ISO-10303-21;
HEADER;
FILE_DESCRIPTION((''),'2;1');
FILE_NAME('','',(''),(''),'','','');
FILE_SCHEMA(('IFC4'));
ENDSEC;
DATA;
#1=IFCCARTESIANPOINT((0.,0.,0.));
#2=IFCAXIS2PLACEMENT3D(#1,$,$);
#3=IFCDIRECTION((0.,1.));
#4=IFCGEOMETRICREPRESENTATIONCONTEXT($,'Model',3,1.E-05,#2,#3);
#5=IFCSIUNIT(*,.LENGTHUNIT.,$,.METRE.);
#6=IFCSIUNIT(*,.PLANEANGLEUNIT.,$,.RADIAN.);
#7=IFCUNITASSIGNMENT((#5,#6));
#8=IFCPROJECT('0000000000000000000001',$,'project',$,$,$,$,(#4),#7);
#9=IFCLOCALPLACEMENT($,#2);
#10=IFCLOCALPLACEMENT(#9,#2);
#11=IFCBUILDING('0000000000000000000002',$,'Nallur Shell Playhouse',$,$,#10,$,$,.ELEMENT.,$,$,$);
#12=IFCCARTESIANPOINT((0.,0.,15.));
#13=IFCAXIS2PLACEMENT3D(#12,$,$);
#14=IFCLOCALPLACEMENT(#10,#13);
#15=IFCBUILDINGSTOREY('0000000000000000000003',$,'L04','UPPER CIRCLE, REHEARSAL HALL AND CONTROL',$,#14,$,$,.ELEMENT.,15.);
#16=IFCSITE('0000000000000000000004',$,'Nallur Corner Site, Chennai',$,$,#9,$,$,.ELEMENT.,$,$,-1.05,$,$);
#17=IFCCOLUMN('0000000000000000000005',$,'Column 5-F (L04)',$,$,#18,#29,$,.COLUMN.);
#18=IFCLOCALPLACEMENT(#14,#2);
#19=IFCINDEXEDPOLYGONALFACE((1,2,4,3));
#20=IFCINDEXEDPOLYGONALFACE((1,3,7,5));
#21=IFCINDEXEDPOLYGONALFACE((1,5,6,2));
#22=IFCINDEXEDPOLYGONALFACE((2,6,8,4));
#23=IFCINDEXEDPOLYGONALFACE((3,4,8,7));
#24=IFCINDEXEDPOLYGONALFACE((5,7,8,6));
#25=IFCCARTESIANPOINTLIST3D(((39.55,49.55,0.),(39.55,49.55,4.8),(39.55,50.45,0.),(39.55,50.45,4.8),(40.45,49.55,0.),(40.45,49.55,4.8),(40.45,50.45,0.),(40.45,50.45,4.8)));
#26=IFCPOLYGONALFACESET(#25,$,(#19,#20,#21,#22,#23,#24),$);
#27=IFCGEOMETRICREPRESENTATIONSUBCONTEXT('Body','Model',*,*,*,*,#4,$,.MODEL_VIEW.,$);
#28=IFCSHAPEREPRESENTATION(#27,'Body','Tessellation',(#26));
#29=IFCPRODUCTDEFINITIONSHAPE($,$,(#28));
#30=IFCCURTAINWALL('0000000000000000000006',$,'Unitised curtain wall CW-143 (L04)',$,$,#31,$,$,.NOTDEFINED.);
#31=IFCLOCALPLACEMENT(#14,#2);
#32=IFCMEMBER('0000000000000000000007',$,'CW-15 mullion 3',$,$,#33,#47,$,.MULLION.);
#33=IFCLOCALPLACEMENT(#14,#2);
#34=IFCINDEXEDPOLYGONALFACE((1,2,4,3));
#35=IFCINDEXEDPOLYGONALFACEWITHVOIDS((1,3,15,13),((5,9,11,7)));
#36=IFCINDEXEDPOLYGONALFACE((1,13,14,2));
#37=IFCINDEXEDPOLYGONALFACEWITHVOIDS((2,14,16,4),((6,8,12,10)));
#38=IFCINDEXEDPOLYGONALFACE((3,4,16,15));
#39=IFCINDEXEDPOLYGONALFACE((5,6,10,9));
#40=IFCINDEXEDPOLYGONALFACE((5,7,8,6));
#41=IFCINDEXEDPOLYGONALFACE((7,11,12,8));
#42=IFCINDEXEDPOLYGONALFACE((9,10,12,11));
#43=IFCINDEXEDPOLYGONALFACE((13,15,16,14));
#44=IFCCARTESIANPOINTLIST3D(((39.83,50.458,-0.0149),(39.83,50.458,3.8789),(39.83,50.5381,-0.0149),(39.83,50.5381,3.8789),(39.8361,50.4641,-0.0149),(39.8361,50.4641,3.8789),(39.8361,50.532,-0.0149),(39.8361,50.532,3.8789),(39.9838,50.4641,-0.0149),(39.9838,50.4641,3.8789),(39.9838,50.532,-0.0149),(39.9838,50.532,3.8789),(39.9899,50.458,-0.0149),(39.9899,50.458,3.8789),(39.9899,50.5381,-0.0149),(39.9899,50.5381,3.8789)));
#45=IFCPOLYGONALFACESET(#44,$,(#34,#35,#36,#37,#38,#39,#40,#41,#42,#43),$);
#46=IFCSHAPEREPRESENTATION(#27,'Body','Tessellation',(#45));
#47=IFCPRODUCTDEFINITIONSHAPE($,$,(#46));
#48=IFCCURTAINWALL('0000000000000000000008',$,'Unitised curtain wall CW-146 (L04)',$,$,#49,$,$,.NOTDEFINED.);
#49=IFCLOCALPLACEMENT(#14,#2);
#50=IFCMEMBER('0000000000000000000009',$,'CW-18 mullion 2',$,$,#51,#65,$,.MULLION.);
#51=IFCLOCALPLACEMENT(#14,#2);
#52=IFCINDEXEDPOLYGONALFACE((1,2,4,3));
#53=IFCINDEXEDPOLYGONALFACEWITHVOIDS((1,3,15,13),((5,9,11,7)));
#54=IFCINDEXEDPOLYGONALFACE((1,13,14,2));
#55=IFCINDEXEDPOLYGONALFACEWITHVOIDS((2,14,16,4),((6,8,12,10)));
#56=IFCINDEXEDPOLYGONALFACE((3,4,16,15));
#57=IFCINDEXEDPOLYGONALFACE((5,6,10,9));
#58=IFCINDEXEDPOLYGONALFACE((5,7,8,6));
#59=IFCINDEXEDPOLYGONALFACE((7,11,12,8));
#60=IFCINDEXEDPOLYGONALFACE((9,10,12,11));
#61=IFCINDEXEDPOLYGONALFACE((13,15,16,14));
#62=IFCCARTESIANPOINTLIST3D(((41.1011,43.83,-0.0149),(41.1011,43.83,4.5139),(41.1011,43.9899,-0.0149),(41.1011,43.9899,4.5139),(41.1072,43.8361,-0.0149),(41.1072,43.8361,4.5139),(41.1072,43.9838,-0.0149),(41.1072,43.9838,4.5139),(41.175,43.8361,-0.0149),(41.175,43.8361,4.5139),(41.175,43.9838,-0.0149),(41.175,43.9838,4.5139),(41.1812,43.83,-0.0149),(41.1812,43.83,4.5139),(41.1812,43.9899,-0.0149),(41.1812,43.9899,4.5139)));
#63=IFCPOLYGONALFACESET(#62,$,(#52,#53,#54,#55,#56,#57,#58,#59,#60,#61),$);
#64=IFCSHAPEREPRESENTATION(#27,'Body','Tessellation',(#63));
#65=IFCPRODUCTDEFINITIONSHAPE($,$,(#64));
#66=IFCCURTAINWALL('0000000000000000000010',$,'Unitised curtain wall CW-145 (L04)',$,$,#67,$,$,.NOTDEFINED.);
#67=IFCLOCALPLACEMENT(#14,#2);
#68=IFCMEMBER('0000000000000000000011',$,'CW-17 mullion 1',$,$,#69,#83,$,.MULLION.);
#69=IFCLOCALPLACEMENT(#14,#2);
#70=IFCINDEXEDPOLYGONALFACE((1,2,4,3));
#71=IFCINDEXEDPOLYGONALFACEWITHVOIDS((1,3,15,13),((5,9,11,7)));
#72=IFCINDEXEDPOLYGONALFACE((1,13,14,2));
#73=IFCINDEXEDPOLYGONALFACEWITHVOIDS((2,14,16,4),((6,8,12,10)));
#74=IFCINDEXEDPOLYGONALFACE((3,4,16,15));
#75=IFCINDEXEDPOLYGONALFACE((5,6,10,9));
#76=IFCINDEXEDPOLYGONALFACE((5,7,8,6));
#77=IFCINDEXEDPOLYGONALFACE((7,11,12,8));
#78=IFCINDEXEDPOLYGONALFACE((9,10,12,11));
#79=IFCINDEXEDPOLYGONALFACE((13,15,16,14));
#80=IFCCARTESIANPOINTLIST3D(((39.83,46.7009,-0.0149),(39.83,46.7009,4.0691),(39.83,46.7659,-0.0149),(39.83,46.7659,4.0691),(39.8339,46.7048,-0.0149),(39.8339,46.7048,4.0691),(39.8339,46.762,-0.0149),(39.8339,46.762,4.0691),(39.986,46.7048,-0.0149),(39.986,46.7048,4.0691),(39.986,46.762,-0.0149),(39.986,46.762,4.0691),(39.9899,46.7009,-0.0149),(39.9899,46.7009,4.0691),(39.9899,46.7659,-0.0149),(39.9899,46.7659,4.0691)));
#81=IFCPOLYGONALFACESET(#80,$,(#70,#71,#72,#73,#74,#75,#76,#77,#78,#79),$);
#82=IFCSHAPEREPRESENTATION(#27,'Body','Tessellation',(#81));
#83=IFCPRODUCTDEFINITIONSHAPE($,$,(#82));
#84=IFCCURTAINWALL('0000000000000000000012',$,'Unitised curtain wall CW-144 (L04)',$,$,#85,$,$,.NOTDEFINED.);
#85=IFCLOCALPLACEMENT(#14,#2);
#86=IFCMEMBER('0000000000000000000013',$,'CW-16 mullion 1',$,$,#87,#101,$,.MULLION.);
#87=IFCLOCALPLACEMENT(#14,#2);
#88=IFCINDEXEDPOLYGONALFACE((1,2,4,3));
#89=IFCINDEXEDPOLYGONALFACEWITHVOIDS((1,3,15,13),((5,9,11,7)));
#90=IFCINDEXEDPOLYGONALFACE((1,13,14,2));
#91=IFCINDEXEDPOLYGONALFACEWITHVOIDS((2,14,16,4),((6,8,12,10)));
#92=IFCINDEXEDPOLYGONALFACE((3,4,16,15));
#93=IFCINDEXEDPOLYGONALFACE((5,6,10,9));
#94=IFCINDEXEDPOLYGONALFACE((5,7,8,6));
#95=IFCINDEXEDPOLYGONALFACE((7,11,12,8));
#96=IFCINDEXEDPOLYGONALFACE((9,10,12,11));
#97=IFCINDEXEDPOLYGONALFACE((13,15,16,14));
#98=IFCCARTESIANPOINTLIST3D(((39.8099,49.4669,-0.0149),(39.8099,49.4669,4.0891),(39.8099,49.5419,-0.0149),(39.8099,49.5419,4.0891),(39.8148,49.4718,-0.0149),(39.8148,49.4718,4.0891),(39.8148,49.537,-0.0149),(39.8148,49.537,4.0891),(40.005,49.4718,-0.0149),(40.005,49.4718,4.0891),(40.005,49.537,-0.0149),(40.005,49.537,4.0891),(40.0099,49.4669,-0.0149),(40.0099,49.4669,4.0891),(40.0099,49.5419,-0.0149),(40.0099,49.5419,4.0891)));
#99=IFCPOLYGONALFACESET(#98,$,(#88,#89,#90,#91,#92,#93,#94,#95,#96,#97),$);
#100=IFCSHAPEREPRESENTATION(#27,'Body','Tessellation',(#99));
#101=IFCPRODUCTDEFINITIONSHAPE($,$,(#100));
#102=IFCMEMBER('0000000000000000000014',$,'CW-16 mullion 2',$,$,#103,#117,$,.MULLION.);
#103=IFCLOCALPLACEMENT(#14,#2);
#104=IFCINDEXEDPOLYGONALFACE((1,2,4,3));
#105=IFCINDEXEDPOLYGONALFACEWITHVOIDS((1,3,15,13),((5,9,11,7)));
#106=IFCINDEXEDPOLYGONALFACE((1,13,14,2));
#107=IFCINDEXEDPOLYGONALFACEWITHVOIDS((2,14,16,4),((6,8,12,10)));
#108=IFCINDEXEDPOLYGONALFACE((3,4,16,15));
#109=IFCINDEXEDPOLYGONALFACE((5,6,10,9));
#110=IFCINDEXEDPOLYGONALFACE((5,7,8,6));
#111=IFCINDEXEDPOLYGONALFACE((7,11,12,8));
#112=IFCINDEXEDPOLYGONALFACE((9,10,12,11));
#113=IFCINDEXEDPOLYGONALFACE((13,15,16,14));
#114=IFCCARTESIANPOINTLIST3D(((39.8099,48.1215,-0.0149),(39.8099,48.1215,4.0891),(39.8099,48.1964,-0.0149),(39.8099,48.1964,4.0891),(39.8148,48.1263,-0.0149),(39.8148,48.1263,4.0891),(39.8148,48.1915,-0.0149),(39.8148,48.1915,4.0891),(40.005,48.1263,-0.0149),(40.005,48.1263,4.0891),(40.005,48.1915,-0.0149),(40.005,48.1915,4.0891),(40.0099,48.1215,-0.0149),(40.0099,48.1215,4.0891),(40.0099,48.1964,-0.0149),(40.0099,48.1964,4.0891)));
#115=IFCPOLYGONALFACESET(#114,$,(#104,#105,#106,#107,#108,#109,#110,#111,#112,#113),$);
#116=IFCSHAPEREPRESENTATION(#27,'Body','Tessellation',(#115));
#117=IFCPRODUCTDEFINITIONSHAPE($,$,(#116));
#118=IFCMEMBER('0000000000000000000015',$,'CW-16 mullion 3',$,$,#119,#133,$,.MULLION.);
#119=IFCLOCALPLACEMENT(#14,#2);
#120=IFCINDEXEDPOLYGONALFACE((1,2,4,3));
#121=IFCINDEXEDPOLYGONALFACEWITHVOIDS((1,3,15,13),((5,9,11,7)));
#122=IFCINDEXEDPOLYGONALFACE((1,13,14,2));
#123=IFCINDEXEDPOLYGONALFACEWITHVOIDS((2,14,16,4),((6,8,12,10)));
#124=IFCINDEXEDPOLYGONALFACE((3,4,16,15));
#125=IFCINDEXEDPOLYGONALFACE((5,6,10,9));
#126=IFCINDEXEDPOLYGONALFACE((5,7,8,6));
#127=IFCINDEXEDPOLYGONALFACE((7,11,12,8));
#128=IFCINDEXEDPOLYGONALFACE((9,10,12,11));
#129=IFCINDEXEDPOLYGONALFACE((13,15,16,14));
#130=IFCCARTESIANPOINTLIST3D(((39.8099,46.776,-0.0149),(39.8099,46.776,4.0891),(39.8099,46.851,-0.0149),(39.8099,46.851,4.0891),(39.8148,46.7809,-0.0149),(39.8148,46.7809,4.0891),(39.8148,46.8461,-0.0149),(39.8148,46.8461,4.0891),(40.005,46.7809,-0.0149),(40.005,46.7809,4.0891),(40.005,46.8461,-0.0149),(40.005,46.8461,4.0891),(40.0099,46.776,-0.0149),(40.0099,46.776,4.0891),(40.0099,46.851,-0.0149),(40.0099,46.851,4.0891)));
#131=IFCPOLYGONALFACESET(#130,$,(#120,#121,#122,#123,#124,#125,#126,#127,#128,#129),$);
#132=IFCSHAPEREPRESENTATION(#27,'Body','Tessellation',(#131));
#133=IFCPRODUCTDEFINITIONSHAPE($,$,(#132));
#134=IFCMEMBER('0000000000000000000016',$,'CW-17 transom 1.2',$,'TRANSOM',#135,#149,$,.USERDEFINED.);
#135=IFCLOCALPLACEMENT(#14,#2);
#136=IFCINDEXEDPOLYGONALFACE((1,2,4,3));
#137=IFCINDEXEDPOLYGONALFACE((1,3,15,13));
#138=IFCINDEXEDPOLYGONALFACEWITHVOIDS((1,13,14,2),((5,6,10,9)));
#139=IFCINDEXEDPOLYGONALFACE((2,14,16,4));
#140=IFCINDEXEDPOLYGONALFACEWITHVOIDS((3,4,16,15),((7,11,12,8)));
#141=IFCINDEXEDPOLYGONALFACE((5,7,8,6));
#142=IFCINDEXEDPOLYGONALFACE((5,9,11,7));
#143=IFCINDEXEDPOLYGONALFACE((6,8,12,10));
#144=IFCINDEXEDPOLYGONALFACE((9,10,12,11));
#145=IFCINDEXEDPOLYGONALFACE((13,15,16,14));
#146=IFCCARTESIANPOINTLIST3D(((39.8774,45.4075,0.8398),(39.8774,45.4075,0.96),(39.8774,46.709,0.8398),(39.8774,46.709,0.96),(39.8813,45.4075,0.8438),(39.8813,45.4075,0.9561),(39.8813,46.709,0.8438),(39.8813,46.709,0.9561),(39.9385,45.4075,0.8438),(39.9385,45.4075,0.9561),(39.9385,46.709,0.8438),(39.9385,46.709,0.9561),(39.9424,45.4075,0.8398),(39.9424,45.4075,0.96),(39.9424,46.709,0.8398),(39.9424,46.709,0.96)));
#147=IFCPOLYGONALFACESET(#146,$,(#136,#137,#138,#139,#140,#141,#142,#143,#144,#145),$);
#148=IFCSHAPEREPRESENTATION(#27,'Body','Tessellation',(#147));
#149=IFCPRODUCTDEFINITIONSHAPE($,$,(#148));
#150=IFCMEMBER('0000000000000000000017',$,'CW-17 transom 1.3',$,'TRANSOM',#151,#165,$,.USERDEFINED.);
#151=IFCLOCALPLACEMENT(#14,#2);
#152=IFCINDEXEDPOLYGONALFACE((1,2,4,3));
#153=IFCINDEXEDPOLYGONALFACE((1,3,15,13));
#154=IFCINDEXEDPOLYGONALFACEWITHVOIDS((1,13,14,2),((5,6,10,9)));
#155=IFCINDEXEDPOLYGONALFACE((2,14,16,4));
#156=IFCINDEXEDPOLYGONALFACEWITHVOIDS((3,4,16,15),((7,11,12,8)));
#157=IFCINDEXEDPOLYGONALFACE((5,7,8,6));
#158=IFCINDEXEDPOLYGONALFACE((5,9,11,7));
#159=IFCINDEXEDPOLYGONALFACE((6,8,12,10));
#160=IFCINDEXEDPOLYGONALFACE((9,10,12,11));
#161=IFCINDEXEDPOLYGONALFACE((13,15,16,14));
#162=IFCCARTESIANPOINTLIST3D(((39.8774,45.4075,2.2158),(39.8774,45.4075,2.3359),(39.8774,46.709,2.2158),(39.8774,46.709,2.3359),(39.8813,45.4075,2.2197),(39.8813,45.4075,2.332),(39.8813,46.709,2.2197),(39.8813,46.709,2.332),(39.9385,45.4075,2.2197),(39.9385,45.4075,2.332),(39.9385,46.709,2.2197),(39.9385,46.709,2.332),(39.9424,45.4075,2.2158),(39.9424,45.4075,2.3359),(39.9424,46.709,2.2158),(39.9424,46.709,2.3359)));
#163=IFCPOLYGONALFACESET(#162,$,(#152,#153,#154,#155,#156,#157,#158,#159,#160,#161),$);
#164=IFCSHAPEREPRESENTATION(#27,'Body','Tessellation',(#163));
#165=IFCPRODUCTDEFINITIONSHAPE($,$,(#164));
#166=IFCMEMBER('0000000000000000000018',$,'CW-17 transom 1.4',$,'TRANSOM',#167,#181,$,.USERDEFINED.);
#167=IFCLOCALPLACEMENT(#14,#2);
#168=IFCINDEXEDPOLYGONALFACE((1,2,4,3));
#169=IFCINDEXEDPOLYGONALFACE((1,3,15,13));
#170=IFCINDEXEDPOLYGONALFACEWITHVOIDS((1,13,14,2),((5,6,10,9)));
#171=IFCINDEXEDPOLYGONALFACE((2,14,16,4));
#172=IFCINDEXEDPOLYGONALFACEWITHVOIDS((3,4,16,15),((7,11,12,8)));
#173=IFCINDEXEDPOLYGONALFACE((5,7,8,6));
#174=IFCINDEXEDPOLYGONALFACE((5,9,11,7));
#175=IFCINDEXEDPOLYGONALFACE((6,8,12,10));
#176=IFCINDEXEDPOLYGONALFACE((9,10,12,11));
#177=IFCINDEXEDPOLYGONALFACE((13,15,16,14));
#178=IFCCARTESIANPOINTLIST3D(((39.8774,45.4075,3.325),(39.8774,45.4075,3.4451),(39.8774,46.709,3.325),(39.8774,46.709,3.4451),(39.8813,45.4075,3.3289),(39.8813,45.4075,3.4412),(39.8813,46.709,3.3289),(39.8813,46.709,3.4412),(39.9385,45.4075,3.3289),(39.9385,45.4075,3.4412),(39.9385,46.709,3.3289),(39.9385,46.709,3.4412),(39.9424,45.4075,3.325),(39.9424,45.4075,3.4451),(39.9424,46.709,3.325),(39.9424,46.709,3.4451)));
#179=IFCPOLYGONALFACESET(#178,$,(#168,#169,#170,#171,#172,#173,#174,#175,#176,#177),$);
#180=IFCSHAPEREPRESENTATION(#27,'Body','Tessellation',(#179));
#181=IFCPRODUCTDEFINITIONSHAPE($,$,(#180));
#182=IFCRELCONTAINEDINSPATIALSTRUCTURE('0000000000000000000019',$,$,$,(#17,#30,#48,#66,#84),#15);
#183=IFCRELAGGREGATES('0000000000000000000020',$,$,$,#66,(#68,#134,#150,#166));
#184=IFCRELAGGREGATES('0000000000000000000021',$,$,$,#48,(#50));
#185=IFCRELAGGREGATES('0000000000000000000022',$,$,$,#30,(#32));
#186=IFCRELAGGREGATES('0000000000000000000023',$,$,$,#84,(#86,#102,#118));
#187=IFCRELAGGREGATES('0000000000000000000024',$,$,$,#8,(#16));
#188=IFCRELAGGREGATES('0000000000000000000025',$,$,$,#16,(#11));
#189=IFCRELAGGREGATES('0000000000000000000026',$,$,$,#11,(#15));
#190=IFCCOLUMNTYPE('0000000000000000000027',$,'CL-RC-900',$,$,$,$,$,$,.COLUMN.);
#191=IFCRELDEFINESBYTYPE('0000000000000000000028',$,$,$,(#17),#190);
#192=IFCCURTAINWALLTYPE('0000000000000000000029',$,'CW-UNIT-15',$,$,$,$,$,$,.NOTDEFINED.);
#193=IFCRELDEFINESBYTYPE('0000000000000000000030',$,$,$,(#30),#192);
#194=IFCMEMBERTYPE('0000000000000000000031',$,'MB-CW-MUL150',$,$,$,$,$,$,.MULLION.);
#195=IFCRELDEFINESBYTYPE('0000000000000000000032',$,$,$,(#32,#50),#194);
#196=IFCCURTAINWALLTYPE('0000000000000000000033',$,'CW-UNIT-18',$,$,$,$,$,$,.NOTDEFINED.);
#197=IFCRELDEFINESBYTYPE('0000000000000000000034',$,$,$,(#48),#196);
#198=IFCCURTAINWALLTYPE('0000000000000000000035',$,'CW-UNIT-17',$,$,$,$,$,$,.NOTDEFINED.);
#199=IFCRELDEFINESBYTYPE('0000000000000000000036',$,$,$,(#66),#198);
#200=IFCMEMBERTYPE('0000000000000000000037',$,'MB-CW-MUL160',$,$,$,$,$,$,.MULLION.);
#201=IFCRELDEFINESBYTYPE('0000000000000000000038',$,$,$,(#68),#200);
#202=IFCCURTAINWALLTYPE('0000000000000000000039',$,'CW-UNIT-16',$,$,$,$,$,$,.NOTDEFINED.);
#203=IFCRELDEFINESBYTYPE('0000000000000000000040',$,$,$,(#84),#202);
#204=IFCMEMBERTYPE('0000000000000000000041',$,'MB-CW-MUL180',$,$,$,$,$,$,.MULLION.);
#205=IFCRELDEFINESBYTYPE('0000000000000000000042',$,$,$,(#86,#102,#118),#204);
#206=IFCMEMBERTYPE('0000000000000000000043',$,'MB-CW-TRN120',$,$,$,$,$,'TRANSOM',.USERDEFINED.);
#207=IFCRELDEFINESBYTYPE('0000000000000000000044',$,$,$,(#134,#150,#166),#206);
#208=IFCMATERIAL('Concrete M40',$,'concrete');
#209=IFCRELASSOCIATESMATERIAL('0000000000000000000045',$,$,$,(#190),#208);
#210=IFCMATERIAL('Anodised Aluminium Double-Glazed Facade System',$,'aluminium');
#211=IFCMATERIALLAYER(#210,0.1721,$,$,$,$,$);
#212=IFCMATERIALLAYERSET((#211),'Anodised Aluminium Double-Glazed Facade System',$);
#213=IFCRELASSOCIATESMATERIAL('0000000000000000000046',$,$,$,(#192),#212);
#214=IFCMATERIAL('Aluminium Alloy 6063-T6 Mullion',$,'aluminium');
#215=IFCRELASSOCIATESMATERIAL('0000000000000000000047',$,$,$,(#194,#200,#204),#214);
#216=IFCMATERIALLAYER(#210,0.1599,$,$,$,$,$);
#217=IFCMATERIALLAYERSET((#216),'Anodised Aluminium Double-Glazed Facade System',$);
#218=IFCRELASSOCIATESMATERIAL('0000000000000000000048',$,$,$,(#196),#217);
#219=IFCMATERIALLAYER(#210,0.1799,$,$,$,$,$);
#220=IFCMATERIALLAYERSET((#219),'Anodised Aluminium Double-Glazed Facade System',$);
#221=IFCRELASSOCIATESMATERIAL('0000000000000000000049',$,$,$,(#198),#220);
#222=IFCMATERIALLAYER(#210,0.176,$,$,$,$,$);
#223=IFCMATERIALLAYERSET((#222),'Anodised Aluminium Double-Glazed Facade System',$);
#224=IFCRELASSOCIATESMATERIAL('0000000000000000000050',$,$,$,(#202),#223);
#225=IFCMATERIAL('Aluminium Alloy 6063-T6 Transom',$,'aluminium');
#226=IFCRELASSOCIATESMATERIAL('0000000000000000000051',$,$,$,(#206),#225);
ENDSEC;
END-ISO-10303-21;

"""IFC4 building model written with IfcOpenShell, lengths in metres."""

from ifc_helpers import new_model, si_unit, direction, frame, origin, origin_2d, place, context, subcontext, project, spatial, rectangle, hollow_rectangle, extrude, material, layer, layer_set, material_profile, profile_set, type_object, element, aggregate, save


model = new_model("IFC4")

# Units and contexts
model_context = context("Model", 3, precision=1e-05, world=origin(), true_north=direction((0.0, 1.0)))
body_context = subcontext(model_context, "Body", "Model", "MODEL_VIEW")
ifc_project = project(units=[si_unit("LENGTHUNIT", "METRE"), si_unit("PLANEANGLEUNIT", "RADIAN")], contexts=[model_context])

# Site, building, storey
site_placement = place(None, origin())
site = spatial("IfcSite", under=ifc_project, at=site_placement, Name="Nallur Corner Site, Chennai", CompositionType="ELEMENT", RefElevation=-1.05)
building_placement = place(site_placement, origin())
building = spatial("IfcBuilding", under=site, at=building_placement, Name="Nallur Shell Playhouse", CompositionType="ELEMENT")
storey_placement = place(building_placement, frame((0.0, 0.0, 15.0)))
storey = spatial("IfcBuildingStorey", under=building, at=storey_placement, Name="L04", Description="UPPER CIRCLE, REHEARSAL HALL AND CONTROL", CompositionType="ELEMENT", Elevation=15.0)

# Column
ifc_material_1 = material(Name="Concrete M40", Category="concrete")
ifc_material_profile_1 = material_profile(ifc_material_1, rectangle(XDim=0.8999, YDim=0.8999, at=origin_2d()), Name="RC 900x900")
ifc_profile_set_1 = profile_set([ifc_material_profile_1], Name="Concrete M40")
column_type = type_object("IfcColumnType", Name="CL-RC-900", PredefinedType="COLUMN", material=ifc_profile_set_1)
column_placement = place(storey_placement, frame((40.0, 50.0, 0.0), z_axis=(0.0, 0.0, 1.0), x_axis=(1.0, 0.0, 0.0)))
element("IfcColumn", 1, at=column_placement, inside=storey, type_object=column_type, Name="Column 5-F (L04)", PredefinedType="COLUMN", context=body_context, shape_type="SweptSolid", body=[
    extrude(rectangle(XDim=0.8999, YDim=0.8999, at=origin_2d()), origin(), (0.0, 0.0, 1.0), 4.8),
])

# Curtain walls, members
ifc_material_2 = material(Name="Anodised Aluminium Double-Glazed Facade System", Category="aluminium")
ifc_layer_1 = layer(ifc_material_2, 0.1721)
ifc_layer_set_1 = layer_set([ifc_layer_1], Name="Anodised Aluminium Double-Glazed Facade System")
curtain_wall_type_1 = type_object("IfcCurtainWallType", Name="CW-UNIT-15", PredefinedType="NOTDEFINED", material=ifc_layer_set_1)
curtain_wall_1_placement = place(storey_placement, origin())
curtain_wall_1 = element("IfcCurtainWall", 2, at=curtain_wall_1_placement, inside=storey, type_object=curtain_wall_type_1, Name="Unitised curtain wall CW-143 (L04)", PredefinedType="NOTDEFINED")
ifc_material_3 = material(Name="Aluminium Alloy 6063-T6 Mullion", Category="aluminium")
ifc_material_profile_2 = material_profile(ifc_material_3, hollow_rectangle(XDim=0.0801, YDim=0.1599, WallThickness=0.0061, at=origin_2d()), Name="RHS 160x80x6")
ifc_profile_set_2 = profile_set([ifc_material_profile_2], Name="Aluminium Alloy 6063-T6 Mullion")
member_type_1 = type_object("IfcMemberType", Name="MB-CW-MUL150", PredefinedType="MULLION", material=ifc_profile_set_2)
member_1_placement = place(storey_placement, frame((39.9099, 50.498, -0.0149), z_axis=(0.0, 0.0, 1.0), x_axis=(0.0, -1.0, 0.0)))
member_1 = element("IfcMember", 3, at=member_1_placement, type_object=member_type_1, Name="CW-15 mullion 3", PredefinedType="MULLION", context=body_context, shape_type="SweptSolid", body=[
    extrude(hollow_rectangle(XDim=0.0801, YDim=0.1599, WallThickness=0.0061, at=origin_2d()), origin(), (0.0, 0.0, 1.0), 3.8938),
])
ifc_layer_2 = layer(ifc_material_2, 0.1599)
ifc_layer_set_2 = layer_set([ifc_layer_2], Name="Anodised Aluminium Double-Glazed Facade System")
curtain_wall_type_2 = type_object("IfcCurtainWallType", Name="CW-UNIT-18", PredefinedType="NOTDEFINED", material=ifc_layer_set_2)
curtain_wall_2_placement = place(storey_placement, origin())
curtain_wall_2 = element("IfcCurtainWall", 4, at=curtain_wall_2_placement, inside=storey, type_object=curtain_wall_type_2, Name="Unitised curtain wall CW-146 (L04)", PredefinedType="NOTDEFINED")
member_2_placement = place(storey_placement, frame((41.1411, 43.9099, -0.0149), z_axis=(0.0, 0.0, 1.0), x_axis=(1.0, 0.0, 0.0)))
member_2 = element("IfcMember", 5, at=member_2_placement, type_object=member_type_1, Name="CW-18 mullion 2", PredefinedType="MULLION", context=body_context, shape_type="SweptSolid", body=[
    extrude(hollow_rectangle(XDim=0.0801, YDim=0.1599, WallThickness=0.0061, at=origin_2d()), origin(), (0.0, 0.0, 1.0), 4.5288),
])
ifc_layer_3 = layer(ifc_material_2, 0.1799)
ifc_layer_set_3 = layer_set([ifc_layer_3], Name="Anodised Aluminium Double-Glazed Facade System")
curtain_wall_type_3 = type_object("IfcCurtainWallType", Name="CW-UNIT-17", PredefinedType="NOTDEFINED", material=ifc_layer_set_3)
curtain_wall_3_placement = place(storey_placement, origin())
curtain_wall_3 = element("IfcCurtainWall", 6, at=curtain_wall_3_placement, inside=storey, type_object=curtain_wall_type_3, Name="Unitised curtain wall CW-145 (L04)", PredefinedType="NOTDEFINED")
ifc_material_profile_3 = material_profile(ifc_material_3, hollow_rectangle(XDim=0.0649, YDim=0.1599, WallThickness=0.0039, at=origin_2d()), Name="ALU 65x160x4")
ifc_profile_set_3 = profile_set([ifc_material_profile_3], Name="Aluminium Alloy 6063-T6 Mullion")
member_type_2 = type_object("IfcMemberType", Name="MB-CW-MUL160", PredefinedType="MULLION", material=ifc_profile_set_3)
member_3_placement = place(storey_placement, frame((39.9099, 46.7334, -0.0149), z_axis=(0.0, 0.0, 1.0), x_axis=(0.0, -1.0, 0.0)))
member_3 = element("IfcMember", 7, at=member_3_placement, type_object=member_type_2, Name="CW-17 mullion 1", PredefinedType="MULLION", context=body_context, shape_type="SweptSolid", body=[
    extrude(hollow_rectangle(XDim=0.0649, YDim=0.1599, WallThickness=0.0039, at=origin_2d()), origin(), (0.0, 0.0, 1.0), 4.084),
])

# Curtain wall, members
ifc_layer_4 = layer(ifc_material_2, 0.176)
ifc_layer_set_4 = layer_set([ifc_layer_4], Name="Anodised Aluminium Double-Glazed Facade System")
curtain_wall_type_4 = type_object("IfcCurtainWallType", Name="CW-UNIT-16", PredefinedType="NOTDEFINED", material=ifc_layer_set_4)
curtain_wall_4_placement = place(storey_placement, origin())
curtain_wall_4 = element("IfcCurtainWall", 8, at=curtain_wall_4_placement, inside=storey, type_object=curtain_wall_type_4, Name="Unitised curtain wall CW-144 (L04)", PredefinedType="NOTDEFINED")
ifc_material_profile_4 = material_profile(ifc_material_3, hollow_rectangle(XDim=0.075, YDim=0.2, WallThickness=0.0049, at=origin_2d()), Name="ALU 75x200x5")
ifc_profile_set_4 = profile_set([ifc_material_profile_4], Name="Aluminium Alloy 6063-T6 Mullion")
member_type_3 = type_object("IfcMemberType", Name="MB-CW-MUL180", PredefinedType="MULLION", material=ifc_profile_set_4)
member_4_placement = place(storey_placement, frame((39.9099, 49.5044, -0.0149), z_axis=(0.0, 0.0, 1.0), x_axis=(0.0, -1.0, 0.0)))
member_4 = element("IfcMember", 9, at=member_4_placement, type_object=member_type_3, Name="CW-16 mullion 1", PredefinedType="MULLION", context=body_context, shape_type="SweptSolid", body=[
    extrude(hollow_rectangle(XDim=0.075, YDim=0.2, WallThickness=0.0049, at=origin_2d()), origin(), (0.0, 0.0, 1.0), 4.104),
])
member_5_placement = place(storey_placement, frame((39.9099, 48.1589, -0.0149), z_axis=(0.0, 0.0, 1.0), x_axis=(0.0, -1.0, 0.0)))
member_5 = element("IfcMember", 10, at=member_5_placement, type_object=member_type_3, Name="CW-16 mullion 2", PredefinedType="MULLION", context=body_context, shape_type="SweptSolid", body=[
    extrude(hollow_rectangle(XDim=0.075, YDim=0.2, WallThickness=0.0049, at=origin_2d()), origin(), (0.0, 0.0, 1.0), 4.104),
])
member_6_placement = place(storey_placement, frame((39.9099, 46.8135, -0.0149), z_axis=(0.0, 0.0, 1.0), x_axis=(0.0, -1.0, 0.0)))
member_6 = element("IfcMember", 11, at=member_6_placement, type_object=member_type_3, Name="CW-16 mullion 3", PredefinedType="MULLION", context=body_context, shape_type="SweptSolid", body=[
    extrude(hollow_rectangle(XDim=0.075, YDim=0.2, WallThickness=0.0049, at=origin_2d()), origin(), (0.0, 0.0, 1.0), 4.104),
])

# Members
ifc_material_4 = material(Name="Aluminium Alloy 6063-T6 Transom", Category="aluminium")
ifc_material_profile_5 = material_profile(ifc_material_4, hollow_rectangle(XDim=0.0649, YDim=0.1201, WallThickness=0.0039, at=origin_2d()), Name="ALU 65x120x4")
ifc_profile_set_5 = profile_set([ifc_material_profile_5], Name="Aluminium Alloy 6063-T6 Transom")
member_type_4 = type_object("IfcMemberType", Name="MB-CW-TRN120", ElementType="TRANSOM", PredefinedType="USERDEFINED", material=ifc_profile_set_5)
member_7_placement = place(storey_placement, frame((39.9099, 46.709, 0.8999), z_axis=(0.0, -1.0, 0.0), x_axis=(1.0, 0.0, 0.0)))
member_7 = element("IfcMember", 12, at=member_7_placement, type_object=member_type_4, Name="CW-17 transom 1.2", ObjectType="TRANSOM", PredefinedType="USERDEFINED", context=body_context, shape_type="SweptSolid", body=[
    extrude(hollow_rectangle(XDim=0.0649, YDim=0.1201, WallThickness=0.0039, at=origin_2d()), origin(), (0.0, 0.0, 1.0), 1.3015),
])
member_8_placement = place(storey_placement, frame((39.9099, 46.709, 2.2759), z_axis=(0.0, -1.0, 0.0), x_axis=(1.0, 0.0, 0.0)))
member_8 = element("IfcMember", 13, at=member_8_placement, type_object=member_type_4, Name="CW-17 transom 1.3", ObjectType="TRANSOM", PredefinedType="USERDEFINED", context=body_context, shape_type="SweptSolid", body=[
    extrude(hollow_rectangle(XDim=0.0649, YDim=0.1201, WallThickness=0.0039, at=origin_2d()), origin(), (0.0, 0.0, 1.0), 1.3015),
])
member_9_placement = place(storey_placement, frame((39.9099, 46.709, 3.385), z_axis=(0.0, -1.0, 0.0), x_axis=(1.0, 0.0, 0.0)))
member_9 = element("IfcMember", 14, at=member_9_placement, type_object=member_type_4, Name="CW-17 transom 1.4", ObjectType="TRANSOM", PredefinedType="USERDEFINED", context=body_context, shape_type="SweptSolid", body=[
    extrude(hollow_rectangle(XDim=0.0649, YDim=0.1201, WallThickness=0.0039, at=origin_2d()), origin(), (0.0, 0.0, 1.0), 1.3015),
])
aggregate(curtain_wall_3, [member_3, member_7, member_8, member_9])

aggregate(curtain_wall_2, [member_2])
aggregate(curtain_wall_1, [member_1])
aggregate(curtain_wall_4, [member_4, member_5, member_6])

save(model, "model.ifc")
